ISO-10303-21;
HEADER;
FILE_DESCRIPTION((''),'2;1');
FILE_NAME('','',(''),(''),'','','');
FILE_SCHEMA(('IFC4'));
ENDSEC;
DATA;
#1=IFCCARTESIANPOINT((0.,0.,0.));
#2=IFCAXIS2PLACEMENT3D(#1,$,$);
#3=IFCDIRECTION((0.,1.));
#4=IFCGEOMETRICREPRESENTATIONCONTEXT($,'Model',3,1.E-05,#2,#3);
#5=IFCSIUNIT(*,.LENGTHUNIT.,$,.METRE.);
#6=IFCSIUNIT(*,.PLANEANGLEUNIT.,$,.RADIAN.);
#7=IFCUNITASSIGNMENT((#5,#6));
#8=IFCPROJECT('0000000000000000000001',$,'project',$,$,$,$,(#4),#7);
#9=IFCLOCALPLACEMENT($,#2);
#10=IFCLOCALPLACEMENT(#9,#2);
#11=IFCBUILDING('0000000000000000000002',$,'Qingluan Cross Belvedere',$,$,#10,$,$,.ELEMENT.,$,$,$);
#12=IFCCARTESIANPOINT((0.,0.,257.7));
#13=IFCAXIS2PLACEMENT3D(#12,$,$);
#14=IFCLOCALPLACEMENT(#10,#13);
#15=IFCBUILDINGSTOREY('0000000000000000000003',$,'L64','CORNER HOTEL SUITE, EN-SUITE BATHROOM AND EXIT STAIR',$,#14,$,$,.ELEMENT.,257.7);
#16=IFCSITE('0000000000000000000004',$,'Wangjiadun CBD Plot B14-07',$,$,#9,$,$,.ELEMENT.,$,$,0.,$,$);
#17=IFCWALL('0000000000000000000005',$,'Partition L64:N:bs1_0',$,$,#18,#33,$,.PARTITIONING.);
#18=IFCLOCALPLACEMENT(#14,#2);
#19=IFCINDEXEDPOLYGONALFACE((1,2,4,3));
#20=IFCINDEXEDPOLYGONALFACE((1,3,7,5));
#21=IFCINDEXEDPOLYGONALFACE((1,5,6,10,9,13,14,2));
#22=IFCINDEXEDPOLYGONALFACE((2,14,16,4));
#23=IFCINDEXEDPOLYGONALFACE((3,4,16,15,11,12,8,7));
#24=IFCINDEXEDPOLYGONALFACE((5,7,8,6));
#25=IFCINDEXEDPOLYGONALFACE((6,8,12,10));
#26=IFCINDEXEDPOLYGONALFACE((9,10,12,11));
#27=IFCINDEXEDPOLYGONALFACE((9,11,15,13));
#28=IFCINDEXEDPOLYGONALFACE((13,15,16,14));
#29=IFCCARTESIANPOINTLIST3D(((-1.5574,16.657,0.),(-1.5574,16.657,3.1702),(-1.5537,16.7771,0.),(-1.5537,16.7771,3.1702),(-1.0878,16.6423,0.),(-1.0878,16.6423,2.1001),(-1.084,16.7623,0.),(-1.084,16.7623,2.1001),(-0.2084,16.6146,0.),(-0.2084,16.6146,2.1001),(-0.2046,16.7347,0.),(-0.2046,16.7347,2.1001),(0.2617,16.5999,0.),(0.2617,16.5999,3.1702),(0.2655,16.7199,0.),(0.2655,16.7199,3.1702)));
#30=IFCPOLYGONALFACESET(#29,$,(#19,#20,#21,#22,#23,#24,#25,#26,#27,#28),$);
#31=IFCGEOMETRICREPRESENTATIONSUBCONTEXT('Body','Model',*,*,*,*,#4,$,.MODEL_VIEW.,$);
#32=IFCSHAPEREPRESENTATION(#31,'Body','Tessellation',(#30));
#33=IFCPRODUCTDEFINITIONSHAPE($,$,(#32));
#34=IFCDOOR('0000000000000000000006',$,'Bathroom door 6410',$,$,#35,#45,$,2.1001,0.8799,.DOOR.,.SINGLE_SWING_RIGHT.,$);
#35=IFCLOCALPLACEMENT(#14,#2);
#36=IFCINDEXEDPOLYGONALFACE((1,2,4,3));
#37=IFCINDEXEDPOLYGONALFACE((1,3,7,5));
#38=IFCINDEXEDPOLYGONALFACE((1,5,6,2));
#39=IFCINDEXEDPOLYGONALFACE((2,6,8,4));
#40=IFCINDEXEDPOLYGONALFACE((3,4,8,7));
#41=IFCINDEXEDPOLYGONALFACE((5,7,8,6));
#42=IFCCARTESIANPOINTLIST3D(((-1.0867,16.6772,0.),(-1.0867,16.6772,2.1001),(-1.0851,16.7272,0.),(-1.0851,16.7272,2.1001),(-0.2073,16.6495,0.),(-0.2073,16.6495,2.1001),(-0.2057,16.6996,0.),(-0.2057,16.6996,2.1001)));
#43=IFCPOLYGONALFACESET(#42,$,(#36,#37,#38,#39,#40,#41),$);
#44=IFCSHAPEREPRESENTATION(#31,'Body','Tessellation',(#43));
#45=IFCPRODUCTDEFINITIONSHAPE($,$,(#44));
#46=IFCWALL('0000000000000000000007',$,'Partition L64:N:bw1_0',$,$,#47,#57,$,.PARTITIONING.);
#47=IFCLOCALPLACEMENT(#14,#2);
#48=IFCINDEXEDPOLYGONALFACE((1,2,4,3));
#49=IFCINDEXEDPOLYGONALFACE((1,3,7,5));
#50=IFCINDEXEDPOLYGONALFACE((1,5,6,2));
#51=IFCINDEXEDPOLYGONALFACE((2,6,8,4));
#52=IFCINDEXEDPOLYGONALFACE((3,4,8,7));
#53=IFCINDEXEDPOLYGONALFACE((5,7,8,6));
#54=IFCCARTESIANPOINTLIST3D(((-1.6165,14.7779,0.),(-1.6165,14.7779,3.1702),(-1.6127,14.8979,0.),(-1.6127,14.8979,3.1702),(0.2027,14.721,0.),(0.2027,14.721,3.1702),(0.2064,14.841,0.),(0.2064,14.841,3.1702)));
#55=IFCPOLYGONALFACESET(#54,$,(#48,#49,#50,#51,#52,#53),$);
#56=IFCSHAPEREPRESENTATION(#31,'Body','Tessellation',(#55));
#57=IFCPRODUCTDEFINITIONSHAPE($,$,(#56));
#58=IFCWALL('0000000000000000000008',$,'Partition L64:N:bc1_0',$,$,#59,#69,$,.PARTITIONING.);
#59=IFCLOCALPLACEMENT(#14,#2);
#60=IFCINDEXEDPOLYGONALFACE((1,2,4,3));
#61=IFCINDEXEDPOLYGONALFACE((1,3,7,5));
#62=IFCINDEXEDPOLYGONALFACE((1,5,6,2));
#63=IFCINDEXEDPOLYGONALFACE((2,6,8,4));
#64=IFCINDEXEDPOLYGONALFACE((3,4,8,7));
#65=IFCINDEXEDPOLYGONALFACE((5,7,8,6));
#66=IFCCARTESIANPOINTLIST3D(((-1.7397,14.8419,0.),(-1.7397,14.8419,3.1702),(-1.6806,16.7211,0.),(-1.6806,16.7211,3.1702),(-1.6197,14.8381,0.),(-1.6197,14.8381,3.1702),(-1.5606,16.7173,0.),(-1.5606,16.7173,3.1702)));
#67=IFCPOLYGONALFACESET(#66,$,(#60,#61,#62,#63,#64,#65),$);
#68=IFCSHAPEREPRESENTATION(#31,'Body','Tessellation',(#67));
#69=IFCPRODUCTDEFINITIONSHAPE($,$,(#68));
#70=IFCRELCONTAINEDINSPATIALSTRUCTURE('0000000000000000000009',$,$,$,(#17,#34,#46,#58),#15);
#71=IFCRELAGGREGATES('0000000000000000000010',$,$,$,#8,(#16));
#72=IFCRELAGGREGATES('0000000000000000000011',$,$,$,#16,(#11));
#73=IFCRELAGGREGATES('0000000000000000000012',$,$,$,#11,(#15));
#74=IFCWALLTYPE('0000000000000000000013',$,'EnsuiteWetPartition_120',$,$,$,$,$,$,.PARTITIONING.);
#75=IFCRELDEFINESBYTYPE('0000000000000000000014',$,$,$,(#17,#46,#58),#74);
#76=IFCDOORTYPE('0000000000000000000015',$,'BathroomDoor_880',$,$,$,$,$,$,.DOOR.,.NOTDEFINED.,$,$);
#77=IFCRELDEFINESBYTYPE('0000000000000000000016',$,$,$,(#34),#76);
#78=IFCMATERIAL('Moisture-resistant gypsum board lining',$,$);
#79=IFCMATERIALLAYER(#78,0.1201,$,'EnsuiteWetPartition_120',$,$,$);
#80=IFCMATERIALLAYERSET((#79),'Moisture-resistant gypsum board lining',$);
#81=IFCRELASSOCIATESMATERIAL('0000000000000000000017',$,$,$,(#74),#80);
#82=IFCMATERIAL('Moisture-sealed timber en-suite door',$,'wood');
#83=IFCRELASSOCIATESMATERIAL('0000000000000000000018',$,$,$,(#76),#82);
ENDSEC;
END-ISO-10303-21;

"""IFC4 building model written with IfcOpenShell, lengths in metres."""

from ifc_helpers import new_model, si_unit, direction, frame, frame_2d, origin, place, context, subcontext, project, spatial, rectangle, extrude, material, layer, layer_set, type_object, element, fill, save


model = new_model("IFC4")

# Units and contexts
model_context = context("Model", 3, precision=1e-05, world=origin(), true_north=direction((0.0, 1.0)))
body_context = subcontext(model_context, "Body", "Model", "MODEL_VIEW")
ifc_project = project(units=[si_unit("LENGTHUNIT", "METRE"), si_unit("PLANEANGLEUNIT", "RADIAN")], contexts=[model_context])

# Site, building, storey
site_placement = place(None, origin())
site = spatial("IfcSite", under=ifc_project, at=site_placement, Name="Wangjiadun CBD Plot B14-07", CompositionType="ELEMENT", RefElevation=0.0)
building_placement = place(site_placement, origin())
building = spatial("IfcBuilding", under=site, at=building_placement, Name="Qingluan Cross Belvedere", CompositionType="ELEMENT")
storey_placement = place(building_placement, frame((0.0, 0.0, 257.7)))
storey = spatial("IfcBuildingStorey", under=building, at=storey_placement, Name="L64", Description="CORNER HOTEL SUITE, EN-SUITE BATHROOM AND EXIT STAIR", CompositionType="ELEMENT", Elevation=257.7)

# Shared definitions
ifc_material_1 = material(Name="Moisture-resistant gypsum board lining")
ifc_layer_1 = layer(ifc_material_1, 0.1201, Name="EnsuiteWetPartition_120")
ifc_layer_set_1 = layer_set([ifc_layer_1], Name="Moisture-resistant gypsum board lining")
wall_type_1 = type_object("IfcWallType", Name="EnsuiteWetPartition_120", PredefinedType="PARTITIONING", material=ifc_layer_set_1)
ifc_material_2 = material(Name="Moisture-sealed timber en-suite door", Category="wood")
door_type_1 = type_object("IfcDoorType", Name="BathroomDoor_880", OperationType="NOTDEFINED", PredefinedType="DOOR", material=ifc_material_2)

# Wall, opening, door
wall_1_placement = place(storey_placement, frame((-1.5557, 16.717, 0.0), z_axis=(0.0, 0.0, 1.0), x_axis=(0.999507, -0.03139, 0.0)))
wall_1 = element("IfcWall", 1, at=wall_1_placement, inside=storey, type_object=wall_type_1, Name="Partition L64:N:bs1_0", PredefinedType="PARTITIONING", context=body_context, shape_type="SweptSolid", body=[
    extrude(rectangle(XDim=1.8201, YDim=0.1201, at=frame_2d((0.9102, 0.0))), origin(), (0.0, 0.0, 1.0), 3.1702),
])
opening_1_placement = place(wall_1_placement, frame((0.47, 0.0, 0.0)))
opening_1 = element("IfcOpeningElement", 2, at=opening_1_placement, cuts=wall_1, PredefinedType="OPENING", context=body_context, shape_type="SweptSolid", body=[
    extrude(rectangle(XDim=0.8799, YDim=2.1001, at=frame_2d((0.4399, 1.05))), frame((0.0, 0.0701, 0.0), z_axis=(0.0, -1.0, 0.0), x_axis=(1.0, 0.0, 0.0)), (0.0, 0.0, 1.0), 0.1401),
])
door_1_placement = place(opening_1_placement, origin())
door_1 = element("IfcDoor", 3, at=door_1_placement, inside=storey, type_object=door_type_1, Name="Bathroom door 6410", OperationType="SINGLE_SWING_RIGHT", OverallHeight=2.1001, OverallWidth=0.8799, PredefinedType="DOOR", context=body_context, shape_type="SweptSolid", body=[
    extrude(rectangle(XDim=0.8799, YDim=2.1001, at=frame_2d((0.4399, 1.05))), frame((0.0, 0.0249, 0.0), z_axis=(0.0, -1.0, 0.0), x_axis=(1.0, 0.0, 0.0)), (0.0, 0.0, 1.0), 0.05),
])
fill(opening_1, door_1)

# Walls
wall_2_placement = place(storey_placement, frame((-1.6147, 14.8379, 0.0), z_axis=(0.0, 0.0, 1.0), x_axis=(0.999511, -0.031256, 0.0)))
element("IfcWall", 4, at=wall_2_placement, inside=storey, type_object=wall_type_1, Name="Partition L64:N:bw1_0", PredefinedType="PARTITIONING", context=body_context, shape_type="SweptSolid", body=[
    extrude(rectangle(XDim=1.8201, YDim=0.1201, at=frame_2d((0.9102, 0.0))), origin(), (0.0, 0.0, 1.0), 3.1702),
])
wall_3_placement = place(storey_placement, frame((-1.6797, 14.8401, 0.0), z_axis=(0.0, 0.0, 1.0), x_axis=(0.031425, 0.999506, 0.0)))
element("IfcWall", 5, at=wall_3_placement, inside=storey, type_object=wall_type_1, Name="Partition L64:N:bc1_0", PredefinedType="PARTITIONING", context=body_context, shape_type="SweptSolid", body=[
    extrude(rectangle(XDim=1.8801, YDim=0.1201, at=frame_2d((0.9399, 0.0))), origin(), (0.0, 0.0, 1.0), 3.1702),
])

save(model, "model.ifc")
